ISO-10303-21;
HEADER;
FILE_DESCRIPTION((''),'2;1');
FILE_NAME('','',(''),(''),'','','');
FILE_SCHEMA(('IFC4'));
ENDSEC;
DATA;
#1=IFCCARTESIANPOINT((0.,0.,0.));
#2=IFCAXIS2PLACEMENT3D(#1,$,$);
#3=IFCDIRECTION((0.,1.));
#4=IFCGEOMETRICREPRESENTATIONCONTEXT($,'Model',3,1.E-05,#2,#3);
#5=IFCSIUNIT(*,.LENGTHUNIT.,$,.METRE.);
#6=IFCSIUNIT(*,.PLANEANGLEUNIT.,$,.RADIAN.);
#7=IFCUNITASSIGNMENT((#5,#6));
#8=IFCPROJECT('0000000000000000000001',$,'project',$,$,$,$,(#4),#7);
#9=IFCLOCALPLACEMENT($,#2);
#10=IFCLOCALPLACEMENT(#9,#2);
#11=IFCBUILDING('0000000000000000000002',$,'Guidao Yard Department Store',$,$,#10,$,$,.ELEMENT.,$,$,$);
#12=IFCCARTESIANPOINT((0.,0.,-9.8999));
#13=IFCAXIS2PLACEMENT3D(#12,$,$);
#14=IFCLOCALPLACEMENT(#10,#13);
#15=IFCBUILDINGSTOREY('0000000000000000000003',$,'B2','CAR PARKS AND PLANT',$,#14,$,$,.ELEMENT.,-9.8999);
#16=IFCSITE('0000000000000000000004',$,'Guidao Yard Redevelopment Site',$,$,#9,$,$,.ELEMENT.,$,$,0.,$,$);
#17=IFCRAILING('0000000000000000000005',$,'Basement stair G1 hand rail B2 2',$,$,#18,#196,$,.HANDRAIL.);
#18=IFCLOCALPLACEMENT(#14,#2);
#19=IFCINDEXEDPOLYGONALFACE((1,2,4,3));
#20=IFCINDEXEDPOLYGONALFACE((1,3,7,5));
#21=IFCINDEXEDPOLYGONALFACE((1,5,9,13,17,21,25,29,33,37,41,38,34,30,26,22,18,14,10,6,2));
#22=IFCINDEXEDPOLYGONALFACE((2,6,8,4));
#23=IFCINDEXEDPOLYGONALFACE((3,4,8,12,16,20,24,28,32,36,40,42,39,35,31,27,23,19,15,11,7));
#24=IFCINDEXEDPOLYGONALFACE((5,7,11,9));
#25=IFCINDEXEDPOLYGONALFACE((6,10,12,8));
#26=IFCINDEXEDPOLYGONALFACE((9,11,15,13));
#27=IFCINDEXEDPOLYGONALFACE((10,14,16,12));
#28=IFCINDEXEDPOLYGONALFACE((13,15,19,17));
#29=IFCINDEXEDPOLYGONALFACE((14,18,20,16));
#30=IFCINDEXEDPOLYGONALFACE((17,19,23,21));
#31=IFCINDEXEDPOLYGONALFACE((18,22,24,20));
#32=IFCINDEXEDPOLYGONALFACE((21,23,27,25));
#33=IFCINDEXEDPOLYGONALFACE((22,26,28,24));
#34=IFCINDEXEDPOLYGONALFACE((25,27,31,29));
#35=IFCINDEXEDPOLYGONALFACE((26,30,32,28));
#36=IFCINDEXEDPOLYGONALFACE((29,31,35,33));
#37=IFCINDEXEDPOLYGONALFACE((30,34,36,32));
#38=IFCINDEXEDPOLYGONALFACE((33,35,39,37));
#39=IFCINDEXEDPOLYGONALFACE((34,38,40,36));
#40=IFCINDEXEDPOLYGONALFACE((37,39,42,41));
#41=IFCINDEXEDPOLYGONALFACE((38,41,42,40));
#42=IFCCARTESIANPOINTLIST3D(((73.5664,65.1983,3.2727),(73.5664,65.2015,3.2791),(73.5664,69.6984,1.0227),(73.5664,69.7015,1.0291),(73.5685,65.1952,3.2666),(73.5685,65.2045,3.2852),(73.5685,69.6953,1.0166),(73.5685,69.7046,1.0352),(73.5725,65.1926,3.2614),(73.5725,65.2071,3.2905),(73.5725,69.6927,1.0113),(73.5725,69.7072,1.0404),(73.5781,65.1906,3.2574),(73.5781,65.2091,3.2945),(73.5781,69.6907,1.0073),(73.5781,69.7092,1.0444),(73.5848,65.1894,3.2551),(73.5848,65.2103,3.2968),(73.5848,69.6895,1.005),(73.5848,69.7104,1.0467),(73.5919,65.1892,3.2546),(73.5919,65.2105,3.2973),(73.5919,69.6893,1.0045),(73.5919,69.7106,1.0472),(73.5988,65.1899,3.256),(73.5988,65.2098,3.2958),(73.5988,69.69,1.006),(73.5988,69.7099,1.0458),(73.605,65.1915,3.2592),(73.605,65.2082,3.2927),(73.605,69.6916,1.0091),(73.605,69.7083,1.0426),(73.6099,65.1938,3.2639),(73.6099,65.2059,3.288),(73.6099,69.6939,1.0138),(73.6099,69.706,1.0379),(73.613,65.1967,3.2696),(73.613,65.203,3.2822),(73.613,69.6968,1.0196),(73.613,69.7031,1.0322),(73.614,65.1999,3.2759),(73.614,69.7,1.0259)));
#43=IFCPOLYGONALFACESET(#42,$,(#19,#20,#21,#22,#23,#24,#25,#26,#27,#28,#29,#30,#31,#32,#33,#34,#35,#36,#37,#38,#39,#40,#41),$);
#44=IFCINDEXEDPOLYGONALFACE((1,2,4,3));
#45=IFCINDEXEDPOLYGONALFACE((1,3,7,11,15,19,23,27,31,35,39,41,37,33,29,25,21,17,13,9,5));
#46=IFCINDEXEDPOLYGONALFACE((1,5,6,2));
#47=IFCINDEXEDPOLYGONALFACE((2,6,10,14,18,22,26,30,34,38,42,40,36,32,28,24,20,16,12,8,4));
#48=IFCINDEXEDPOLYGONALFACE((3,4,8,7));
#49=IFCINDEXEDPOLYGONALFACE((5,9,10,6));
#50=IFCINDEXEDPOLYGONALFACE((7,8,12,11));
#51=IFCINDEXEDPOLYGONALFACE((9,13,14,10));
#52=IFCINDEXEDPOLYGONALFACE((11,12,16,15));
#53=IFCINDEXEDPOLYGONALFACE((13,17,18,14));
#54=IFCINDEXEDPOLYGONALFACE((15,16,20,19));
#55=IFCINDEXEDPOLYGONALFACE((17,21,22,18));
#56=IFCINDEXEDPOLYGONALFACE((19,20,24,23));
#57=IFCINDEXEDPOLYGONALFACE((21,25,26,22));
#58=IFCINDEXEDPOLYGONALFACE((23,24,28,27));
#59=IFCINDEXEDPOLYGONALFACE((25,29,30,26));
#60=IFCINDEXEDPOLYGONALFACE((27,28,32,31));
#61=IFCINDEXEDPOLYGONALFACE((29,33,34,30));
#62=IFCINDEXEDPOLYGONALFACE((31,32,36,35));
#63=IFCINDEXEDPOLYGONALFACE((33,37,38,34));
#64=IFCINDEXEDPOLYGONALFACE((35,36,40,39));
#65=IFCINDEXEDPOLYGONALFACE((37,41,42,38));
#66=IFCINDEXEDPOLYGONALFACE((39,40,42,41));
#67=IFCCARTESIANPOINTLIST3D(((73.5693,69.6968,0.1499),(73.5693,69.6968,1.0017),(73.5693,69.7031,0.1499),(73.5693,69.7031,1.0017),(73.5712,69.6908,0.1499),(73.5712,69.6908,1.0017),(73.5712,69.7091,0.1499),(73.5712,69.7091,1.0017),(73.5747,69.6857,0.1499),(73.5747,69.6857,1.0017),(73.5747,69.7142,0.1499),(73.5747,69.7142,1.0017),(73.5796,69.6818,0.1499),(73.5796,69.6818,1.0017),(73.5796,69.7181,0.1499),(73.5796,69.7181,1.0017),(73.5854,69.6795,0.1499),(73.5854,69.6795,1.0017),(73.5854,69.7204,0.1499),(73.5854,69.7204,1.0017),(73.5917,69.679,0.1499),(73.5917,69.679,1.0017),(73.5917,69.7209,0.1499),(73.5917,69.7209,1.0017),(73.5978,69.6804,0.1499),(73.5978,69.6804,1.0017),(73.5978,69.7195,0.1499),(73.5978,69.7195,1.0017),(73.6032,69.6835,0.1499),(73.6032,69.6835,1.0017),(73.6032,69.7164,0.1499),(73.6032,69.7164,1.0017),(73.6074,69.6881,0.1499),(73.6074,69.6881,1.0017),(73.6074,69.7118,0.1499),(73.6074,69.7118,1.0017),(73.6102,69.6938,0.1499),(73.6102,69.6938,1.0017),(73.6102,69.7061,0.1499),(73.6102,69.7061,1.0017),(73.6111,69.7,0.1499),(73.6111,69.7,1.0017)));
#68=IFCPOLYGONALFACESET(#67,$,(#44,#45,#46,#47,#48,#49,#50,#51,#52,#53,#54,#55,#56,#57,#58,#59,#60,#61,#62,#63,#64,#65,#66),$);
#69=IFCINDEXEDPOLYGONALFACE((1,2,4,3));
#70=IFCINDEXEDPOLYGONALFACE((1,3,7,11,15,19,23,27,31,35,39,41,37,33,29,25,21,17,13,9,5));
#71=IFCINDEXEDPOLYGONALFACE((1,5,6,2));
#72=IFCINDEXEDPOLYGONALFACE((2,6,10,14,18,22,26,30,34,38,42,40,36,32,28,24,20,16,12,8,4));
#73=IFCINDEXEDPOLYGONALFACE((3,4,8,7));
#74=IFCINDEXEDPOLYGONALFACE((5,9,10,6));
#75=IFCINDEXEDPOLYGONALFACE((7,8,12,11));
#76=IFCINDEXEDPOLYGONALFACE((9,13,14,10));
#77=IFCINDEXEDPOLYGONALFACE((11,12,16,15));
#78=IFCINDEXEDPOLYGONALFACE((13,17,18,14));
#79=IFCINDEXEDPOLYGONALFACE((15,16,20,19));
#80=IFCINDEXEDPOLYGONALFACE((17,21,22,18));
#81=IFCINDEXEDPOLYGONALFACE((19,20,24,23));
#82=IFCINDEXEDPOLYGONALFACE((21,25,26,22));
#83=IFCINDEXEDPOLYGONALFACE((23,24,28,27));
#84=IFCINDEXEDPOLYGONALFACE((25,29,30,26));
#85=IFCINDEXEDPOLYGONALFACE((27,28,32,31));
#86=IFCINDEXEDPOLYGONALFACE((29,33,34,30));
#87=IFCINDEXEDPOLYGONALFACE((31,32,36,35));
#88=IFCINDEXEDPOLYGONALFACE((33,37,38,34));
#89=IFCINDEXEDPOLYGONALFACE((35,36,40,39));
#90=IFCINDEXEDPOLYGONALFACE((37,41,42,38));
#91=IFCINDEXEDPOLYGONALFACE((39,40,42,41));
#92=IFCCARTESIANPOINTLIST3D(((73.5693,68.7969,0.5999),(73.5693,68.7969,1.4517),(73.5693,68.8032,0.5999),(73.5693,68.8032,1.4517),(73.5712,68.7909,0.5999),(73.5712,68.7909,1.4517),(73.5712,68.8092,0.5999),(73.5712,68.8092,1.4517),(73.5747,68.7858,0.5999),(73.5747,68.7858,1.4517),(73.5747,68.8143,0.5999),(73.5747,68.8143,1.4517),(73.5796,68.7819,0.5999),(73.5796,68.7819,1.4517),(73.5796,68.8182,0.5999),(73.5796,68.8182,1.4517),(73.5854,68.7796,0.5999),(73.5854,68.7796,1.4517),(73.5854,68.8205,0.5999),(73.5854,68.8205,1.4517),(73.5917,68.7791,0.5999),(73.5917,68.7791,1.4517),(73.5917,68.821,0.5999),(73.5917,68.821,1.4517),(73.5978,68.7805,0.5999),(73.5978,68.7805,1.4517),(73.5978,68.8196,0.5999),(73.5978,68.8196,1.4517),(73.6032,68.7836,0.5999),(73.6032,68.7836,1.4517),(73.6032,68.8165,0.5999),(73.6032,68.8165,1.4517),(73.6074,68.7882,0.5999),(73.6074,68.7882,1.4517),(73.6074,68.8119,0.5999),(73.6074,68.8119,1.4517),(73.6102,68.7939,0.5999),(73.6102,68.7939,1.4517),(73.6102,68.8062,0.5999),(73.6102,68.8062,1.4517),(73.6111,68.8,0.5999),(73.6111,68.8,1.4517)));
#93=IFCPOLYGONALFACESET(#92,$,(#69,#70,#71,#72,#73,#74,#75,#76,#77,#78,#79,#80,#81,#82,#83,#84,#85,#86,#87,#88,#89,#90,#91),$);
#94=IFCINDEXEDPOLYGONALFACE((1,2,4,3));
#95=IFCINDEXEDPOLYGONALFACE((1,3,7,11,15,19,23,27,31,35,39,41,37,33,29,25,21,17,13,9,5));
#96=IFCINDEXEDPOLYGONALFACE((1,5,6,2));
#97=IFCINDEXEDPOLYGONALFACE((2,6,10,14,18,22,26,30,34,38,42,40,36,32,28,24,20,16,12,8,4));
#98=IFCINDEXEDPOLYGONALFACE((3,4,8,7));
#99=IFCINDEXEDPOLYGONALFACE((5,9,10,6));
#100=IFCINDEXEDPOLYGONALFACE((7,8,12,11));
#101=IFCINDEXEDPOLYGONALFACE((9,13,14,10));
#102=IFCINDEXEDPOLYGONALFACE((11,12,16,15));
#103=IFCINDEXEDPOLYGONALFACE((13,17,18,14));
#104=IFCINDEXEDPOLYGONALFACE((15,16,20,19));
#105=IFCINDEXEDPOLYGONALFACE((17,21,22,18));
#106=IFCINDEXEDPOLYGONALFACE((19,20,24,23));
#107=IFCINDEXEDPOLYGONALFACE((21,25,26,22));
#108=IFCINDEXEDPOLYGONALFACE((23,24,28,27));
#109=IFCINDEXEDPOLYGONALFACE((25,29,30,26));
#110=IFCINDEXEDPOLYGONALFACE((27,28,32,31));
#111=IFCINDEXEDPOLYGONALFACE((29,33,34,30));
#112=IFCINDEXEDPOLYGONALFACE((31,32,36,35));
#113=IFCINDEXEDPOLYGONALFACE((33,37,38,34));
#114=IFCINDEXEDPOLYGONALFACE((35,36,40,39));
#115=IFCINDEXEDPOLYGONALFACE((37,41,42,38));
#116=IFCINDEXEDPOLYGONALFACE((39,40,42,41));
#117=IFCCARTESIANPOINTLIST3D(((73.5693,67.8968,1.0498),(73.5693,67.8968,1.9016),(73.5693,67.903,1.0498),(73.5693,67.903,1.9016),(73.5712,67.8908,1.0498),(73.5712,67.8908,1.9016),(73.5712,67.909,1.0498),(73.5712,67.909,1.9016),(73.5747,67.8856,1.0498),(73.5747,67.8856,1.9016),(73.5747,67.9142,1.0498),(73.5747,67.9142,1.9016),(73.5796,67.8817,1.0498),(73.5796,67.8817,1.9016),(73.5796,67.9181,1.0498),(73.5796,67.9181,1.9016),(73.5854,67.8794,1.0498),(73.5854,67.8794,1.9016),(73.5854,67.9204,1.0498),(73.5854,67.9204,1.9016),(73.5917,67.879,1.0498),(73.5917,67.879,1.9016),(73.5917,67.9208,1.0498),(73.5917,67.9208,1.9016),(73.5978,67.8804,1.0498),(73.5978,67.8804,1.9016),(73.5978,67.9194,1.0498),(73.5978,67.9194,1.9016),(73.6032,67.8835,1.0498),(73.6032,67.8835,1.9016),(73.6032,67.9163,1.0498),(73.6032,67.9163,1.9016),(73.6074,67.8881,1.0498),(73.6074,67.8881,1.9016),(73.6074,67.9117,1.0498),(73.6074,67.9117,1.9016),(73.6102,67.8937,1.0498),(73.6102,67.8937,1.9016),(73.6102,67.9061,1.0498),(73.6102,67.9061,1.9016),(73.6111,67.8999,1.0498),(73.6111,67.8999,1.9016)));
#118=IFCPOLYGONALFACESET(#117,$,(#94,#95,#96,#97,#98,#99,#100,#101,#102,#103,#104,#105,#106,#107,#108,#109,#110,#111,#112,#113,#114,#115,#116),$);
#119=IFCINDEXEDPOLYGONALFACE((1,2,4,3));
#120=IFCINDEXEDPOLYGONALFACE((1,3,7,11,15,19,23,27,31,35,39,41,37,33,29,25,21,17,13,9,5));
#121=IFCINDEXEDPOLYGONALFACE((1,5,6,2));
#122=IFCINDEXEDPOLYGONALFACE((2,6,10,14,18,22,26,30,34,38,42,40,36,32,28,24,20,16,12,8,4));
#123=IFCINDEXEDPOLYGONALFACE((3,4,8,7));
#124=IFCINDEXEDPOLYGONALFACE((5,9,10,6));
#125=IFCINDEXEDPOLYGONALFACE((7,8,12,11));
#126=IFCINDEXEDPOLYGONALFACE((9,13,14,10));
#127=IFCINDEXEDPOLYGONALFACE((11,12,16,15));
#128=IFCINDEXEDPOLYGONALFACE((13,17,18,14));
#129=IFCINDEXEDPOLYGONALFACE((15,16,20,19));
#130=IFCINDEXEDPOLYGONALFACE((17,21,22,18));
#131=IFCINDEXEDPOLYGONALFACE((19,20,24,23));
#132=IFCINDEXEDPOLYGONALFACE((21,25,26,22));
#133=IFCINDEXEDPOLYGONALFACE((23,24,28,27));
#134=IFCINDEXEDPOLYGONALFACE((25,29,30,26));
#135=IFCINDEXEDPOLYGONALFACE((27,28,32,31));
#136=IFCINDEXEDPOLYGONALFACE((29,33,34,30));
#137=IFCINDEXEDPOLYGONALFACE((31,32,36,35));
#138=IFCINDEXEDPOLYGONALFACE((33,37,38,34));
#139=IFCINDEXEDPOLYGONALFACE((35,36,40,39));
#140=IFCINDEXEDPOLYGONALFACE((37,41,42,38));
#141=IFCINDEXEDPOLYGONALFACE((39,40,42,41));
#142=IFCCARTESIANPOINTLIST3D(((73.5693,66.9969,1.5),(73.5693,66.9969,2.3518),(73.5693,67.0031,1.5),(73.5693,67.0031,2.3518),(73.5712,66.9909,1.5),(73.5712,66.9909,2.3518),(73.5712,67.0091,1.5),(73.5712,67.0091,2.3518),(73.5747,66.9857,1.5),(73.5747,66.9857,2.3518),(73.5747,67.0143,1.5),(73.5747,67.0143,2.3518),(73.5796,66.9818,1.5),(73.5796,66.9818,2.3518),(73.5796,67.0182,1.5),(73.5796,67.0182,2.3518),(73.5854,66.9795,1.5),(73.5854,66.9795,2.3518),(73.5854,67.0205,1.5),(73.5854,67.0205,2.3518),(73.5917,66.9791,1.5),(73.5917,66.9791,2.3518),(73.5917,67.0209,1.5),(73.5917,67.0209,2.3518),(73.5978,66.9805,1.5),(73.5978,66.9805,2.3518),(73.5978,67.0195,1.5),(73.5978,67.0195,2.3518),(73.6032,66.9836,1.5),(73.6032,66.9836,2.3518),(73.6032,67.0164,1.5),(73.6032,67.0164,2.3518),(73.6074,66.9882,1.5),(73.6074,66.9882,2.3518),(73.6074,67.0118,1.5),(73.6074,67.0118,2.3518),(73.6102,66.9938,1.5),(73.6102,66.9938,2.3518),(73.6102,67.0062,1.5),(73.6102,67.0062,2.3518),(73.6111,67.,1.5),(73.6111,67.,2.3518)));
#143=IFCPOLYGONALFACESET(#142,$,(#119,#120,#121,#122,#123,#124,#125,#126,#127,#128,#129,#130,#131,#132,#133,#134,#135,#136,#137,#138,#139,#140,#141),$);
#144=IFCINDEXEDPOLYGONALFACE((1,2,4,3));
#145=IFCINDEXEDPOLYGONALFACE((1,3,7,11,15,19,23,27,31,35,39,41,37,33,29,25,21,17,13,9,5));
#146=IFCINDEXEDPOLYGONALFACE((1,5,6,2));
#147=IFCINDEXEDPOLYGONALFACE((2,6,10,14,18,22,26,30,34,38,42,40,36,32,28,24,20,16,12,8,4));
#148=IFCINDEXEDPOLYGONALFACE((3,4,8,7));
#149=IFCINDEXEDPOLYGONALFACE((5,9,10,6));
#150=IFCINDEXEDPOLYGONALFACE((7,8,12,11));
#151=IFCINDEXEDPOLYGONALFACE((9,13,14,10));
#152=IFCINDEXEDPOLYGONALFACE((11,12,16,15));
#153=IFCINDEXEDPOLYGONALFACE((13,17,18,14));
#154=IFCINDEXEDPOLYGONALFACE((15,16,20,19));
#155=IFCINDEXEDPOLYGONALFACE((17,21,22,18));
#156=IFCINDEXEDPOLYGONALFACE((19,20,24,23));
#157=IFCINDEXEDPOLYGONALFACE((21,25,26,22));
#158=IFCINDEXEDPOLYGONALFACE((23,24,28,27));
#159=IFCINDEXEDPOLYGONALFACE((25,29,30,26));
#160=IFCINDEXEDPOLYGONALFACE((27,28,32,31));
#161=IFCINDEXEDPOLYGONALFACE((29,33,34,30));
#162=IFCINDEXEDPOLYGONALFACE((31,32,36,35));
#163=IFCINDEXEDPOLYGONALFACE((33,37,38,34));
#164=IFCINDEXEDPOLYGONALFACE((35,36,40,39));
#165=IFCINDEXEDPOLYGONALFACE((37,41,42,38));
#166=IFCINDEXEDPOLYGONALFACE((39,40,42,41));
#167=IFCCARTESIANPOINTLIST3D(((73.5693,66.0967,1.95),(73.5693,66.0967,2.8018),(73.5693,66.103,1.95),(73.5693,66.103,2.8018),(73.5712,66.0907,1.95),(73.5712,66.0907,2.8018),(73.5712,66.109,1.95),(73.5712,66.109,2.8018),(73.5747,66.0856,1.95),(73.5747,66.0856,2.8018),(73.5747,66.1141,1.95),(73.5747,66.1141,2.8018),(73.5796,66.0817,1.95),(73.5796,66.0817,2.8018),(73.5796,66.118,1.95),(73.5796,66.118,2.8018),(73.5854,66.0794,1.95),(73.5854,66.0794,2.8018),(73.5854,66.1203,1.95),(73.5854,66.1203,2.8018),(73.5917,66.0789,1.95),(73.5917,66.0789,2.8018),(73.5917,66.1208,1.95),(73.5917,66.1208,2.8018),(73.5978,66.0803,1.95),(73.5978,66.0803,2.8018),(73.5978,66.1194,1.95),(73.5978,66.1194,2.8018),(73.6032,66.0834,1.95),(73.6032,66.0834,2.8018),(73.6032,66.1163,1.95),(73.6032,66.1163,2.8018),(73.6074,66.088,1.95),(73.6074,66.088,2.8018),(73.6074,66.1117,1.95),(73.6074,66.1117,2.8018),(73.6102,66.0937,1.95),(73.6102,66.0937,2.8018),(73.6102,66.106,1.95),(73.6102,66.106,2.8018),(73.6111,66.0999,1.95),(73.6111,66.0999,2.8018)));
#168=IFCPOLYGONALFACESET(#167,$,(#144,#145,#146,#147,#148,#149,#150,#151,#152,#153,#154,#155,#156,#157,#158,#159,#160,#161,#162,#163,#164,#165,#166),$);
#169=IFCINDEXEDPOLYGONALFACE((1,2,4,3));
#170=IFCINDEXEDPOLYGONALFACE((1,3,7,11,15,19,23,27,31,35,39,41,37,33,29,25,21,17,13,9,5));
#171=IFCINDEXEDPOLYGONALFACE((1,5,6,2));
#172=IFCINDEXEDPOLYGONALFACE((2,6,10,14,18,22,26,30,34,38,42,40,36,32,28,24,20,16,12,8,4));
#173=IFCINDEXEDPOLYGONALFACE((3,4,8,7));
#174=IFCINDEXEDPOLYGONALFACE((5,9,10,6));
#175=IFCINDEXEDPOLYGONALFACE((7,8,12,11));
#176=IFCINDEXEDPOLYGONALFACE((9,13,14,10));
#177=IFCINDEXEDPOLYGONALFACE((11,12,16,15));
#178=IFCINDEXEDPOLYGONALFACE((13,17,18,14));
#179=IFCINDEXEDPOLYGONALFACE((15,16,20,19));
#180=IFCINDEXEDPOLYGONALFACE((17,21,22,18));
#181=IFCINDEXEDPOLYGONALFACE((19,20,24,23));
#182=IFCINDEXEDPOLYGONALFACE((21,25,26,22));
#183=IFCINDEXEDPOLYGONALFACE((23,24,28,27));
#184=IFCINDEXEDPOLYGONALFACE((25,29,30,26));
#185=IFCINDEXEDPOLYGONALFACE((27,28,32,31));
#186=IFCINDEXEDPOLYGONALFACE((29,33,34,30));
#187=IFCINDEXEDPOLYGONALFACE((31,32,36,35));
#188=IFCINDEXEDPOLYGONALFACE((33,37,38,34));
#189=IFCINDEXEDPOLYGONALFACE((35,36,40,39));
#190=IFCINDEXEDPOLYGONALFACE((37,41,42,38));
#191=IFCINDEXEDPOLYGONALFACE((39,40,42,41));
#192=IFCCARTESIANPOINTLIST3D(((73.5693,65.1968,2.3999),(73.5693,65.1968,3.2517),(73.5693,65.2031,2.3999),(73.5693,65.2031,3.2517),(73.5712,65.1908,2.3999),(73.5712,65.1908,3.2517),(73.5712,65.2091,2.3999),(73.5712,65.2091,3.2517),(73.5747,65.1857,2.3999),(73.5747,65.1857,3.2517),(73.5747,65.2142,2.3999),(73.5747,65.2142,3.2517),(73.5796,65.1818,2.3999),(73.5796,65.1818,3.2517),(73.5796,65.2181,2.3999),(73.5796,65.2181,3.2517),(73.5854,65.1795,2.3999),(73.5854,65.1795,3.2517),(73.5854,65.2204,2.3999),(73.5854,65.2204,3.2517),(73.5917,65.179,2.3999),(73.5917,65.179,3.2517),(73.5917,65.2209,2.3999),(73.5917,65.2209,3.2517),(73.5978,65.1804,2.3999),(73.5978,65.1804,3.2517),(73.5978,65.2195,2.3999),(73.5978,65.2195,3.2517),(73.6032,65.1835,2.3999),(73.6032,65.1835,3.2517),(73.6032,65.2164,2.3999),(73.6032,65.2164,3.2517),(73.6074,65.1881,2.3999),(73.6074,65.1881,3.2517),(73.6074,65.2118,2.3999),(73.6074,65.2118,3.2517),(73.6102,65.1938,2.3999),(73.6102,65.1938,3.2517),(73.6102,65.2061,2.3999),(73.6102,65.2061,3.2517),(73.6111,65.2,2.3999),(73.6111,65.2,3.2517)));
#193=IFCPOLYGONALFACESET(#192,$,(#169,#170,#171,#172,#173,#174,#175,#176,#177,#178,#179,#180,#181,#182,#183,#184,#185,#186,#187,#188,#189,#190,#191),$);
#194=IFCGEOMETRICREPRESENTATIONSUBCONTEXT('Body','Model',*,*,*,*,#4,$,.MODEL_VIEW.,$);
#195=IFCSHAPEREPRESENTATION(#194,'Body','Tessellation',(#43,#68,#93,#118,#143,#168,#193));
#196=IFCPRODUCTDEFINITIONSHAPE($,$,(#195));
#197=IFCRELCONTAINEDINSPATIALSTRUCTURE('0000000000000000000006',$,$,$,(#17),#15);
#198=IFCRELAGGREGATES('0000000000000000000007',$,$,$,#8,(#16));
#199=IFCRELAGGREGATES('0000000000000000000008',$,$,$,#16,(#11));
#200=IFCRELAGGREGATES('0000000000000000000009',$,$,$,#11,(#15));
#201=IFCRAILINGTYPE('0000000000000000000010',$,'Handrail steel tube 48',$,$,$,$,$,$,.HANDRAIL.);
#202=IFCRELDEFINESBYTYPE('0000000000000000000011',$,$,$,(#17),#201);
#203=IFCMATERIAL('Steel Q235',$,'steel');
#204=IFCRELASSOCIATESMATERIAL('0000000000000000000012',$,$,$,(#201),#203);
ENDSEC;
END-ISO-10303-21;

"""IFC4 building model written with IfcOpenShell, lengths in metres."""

from ifc_helpers import new_model, si_unit, direction, frame, origin, origin_2d, place, context, subcontext, project, spatial, circle, extrude, material, type_object, element, save


model = new_model("IFC4")

# Units and contexts
model_context = context("Model", 3, precision=1e-05, world=origin(), true_north=direction((0.0, 1.0)))
body_context = subcontext(model_context, "Body", "Model", "MODEL_VIEW")
ifc_project = project(units=[si_unit("LENGTHUNIT", "METRE"), si_unit("PLANEANGLEUNIT", "RADIAN")], contexts=[model_context])

# Site, building, storey
site_placement = place(None, origin())
site = spatial("IfcSite", under=ifc_project, at=site_placement, Name="Guidao Yard Redevelopment Site", CompositionType="ELEMENT", RefElevation=0.0)
building_placement = place(site_placement, origin())
building = spatial("IfcBuilding", under=site, at=building_placement, Name="Guidao Yard Department Store", CompositionType="ELEMENT")
storey_placement = place(building_placement, frame((0.0, 0.0, -9.8999)))
storey = spatial("IfcBuildingStorey", under=building, at=storey_placement, Name="B2", Description="CAR PARKS AND PLANT", CompositionType="ELEMENT", Elevation=-9.8999)

# Railing
ifc_material_1 = material(Name="Steel Q235", Category="steel")
railing_type_1 = type_object("IfcRailingType", Name="Handrail steel tube 48", PredefinedType="HANDRAIL", material=ifc_material_1)
for number, where, name in (
    (1, (73.5901, 69.7, 0.1499), "Basement stair G1 hand rail B2 2"),
):
    element("IfcRailing", number, at=place(storey_placement, frame(where)), inside=storey, type_object=railing_type_1, Name=name, PredefinedType="HANDRAIL", context=body_context, shape_type="SweptSolid", body=[
        extrude(circle(Radius=0.0239, at=origin_2d()), frame((0.0, 0.0, 0.876), z_axis=(0.0, -0.894427, 0.447214), x_axis=(1.0, 0.0, 0.0)), (0.0, 0.0, 1.0), 5.0312),
        extrude(circle(Radius=0.021, at=origin_2d()), origin(), (0.0, 0.0, 1.0), 0.8518),
        extrude(circle(Radius=0.021, at=origin_2d()), frame((0.0, -0.8999, 0.45)), (0.0, 0.0, 1.0), 0.8518),
        extrude(circle(Radius=0.021, at=origin_2d()), frame((0.0, -1.8, 0.8999)), (0.0, 0.0, 1.0), 0.8518),
        extrude(circle(Radius=0.021, at=origin_2d()), frame((0.0, -2.7, 1.3501)), (0.0, 0.0, 1.0), 0.8518),
        extrude(circle(Radius=0.021, at=origin_2d()), frame((0.0, -3.6001, 1.8)), (0.0, 0.0, 1.0), 0.8518),
        extrude(circle(Radius=0.021, at=origin_2d()), frame((0.0, -4.5, 2.25)), (0.0, 0.0, 1.0), 0.8518),
    ])

save(model, "model.ifc")
